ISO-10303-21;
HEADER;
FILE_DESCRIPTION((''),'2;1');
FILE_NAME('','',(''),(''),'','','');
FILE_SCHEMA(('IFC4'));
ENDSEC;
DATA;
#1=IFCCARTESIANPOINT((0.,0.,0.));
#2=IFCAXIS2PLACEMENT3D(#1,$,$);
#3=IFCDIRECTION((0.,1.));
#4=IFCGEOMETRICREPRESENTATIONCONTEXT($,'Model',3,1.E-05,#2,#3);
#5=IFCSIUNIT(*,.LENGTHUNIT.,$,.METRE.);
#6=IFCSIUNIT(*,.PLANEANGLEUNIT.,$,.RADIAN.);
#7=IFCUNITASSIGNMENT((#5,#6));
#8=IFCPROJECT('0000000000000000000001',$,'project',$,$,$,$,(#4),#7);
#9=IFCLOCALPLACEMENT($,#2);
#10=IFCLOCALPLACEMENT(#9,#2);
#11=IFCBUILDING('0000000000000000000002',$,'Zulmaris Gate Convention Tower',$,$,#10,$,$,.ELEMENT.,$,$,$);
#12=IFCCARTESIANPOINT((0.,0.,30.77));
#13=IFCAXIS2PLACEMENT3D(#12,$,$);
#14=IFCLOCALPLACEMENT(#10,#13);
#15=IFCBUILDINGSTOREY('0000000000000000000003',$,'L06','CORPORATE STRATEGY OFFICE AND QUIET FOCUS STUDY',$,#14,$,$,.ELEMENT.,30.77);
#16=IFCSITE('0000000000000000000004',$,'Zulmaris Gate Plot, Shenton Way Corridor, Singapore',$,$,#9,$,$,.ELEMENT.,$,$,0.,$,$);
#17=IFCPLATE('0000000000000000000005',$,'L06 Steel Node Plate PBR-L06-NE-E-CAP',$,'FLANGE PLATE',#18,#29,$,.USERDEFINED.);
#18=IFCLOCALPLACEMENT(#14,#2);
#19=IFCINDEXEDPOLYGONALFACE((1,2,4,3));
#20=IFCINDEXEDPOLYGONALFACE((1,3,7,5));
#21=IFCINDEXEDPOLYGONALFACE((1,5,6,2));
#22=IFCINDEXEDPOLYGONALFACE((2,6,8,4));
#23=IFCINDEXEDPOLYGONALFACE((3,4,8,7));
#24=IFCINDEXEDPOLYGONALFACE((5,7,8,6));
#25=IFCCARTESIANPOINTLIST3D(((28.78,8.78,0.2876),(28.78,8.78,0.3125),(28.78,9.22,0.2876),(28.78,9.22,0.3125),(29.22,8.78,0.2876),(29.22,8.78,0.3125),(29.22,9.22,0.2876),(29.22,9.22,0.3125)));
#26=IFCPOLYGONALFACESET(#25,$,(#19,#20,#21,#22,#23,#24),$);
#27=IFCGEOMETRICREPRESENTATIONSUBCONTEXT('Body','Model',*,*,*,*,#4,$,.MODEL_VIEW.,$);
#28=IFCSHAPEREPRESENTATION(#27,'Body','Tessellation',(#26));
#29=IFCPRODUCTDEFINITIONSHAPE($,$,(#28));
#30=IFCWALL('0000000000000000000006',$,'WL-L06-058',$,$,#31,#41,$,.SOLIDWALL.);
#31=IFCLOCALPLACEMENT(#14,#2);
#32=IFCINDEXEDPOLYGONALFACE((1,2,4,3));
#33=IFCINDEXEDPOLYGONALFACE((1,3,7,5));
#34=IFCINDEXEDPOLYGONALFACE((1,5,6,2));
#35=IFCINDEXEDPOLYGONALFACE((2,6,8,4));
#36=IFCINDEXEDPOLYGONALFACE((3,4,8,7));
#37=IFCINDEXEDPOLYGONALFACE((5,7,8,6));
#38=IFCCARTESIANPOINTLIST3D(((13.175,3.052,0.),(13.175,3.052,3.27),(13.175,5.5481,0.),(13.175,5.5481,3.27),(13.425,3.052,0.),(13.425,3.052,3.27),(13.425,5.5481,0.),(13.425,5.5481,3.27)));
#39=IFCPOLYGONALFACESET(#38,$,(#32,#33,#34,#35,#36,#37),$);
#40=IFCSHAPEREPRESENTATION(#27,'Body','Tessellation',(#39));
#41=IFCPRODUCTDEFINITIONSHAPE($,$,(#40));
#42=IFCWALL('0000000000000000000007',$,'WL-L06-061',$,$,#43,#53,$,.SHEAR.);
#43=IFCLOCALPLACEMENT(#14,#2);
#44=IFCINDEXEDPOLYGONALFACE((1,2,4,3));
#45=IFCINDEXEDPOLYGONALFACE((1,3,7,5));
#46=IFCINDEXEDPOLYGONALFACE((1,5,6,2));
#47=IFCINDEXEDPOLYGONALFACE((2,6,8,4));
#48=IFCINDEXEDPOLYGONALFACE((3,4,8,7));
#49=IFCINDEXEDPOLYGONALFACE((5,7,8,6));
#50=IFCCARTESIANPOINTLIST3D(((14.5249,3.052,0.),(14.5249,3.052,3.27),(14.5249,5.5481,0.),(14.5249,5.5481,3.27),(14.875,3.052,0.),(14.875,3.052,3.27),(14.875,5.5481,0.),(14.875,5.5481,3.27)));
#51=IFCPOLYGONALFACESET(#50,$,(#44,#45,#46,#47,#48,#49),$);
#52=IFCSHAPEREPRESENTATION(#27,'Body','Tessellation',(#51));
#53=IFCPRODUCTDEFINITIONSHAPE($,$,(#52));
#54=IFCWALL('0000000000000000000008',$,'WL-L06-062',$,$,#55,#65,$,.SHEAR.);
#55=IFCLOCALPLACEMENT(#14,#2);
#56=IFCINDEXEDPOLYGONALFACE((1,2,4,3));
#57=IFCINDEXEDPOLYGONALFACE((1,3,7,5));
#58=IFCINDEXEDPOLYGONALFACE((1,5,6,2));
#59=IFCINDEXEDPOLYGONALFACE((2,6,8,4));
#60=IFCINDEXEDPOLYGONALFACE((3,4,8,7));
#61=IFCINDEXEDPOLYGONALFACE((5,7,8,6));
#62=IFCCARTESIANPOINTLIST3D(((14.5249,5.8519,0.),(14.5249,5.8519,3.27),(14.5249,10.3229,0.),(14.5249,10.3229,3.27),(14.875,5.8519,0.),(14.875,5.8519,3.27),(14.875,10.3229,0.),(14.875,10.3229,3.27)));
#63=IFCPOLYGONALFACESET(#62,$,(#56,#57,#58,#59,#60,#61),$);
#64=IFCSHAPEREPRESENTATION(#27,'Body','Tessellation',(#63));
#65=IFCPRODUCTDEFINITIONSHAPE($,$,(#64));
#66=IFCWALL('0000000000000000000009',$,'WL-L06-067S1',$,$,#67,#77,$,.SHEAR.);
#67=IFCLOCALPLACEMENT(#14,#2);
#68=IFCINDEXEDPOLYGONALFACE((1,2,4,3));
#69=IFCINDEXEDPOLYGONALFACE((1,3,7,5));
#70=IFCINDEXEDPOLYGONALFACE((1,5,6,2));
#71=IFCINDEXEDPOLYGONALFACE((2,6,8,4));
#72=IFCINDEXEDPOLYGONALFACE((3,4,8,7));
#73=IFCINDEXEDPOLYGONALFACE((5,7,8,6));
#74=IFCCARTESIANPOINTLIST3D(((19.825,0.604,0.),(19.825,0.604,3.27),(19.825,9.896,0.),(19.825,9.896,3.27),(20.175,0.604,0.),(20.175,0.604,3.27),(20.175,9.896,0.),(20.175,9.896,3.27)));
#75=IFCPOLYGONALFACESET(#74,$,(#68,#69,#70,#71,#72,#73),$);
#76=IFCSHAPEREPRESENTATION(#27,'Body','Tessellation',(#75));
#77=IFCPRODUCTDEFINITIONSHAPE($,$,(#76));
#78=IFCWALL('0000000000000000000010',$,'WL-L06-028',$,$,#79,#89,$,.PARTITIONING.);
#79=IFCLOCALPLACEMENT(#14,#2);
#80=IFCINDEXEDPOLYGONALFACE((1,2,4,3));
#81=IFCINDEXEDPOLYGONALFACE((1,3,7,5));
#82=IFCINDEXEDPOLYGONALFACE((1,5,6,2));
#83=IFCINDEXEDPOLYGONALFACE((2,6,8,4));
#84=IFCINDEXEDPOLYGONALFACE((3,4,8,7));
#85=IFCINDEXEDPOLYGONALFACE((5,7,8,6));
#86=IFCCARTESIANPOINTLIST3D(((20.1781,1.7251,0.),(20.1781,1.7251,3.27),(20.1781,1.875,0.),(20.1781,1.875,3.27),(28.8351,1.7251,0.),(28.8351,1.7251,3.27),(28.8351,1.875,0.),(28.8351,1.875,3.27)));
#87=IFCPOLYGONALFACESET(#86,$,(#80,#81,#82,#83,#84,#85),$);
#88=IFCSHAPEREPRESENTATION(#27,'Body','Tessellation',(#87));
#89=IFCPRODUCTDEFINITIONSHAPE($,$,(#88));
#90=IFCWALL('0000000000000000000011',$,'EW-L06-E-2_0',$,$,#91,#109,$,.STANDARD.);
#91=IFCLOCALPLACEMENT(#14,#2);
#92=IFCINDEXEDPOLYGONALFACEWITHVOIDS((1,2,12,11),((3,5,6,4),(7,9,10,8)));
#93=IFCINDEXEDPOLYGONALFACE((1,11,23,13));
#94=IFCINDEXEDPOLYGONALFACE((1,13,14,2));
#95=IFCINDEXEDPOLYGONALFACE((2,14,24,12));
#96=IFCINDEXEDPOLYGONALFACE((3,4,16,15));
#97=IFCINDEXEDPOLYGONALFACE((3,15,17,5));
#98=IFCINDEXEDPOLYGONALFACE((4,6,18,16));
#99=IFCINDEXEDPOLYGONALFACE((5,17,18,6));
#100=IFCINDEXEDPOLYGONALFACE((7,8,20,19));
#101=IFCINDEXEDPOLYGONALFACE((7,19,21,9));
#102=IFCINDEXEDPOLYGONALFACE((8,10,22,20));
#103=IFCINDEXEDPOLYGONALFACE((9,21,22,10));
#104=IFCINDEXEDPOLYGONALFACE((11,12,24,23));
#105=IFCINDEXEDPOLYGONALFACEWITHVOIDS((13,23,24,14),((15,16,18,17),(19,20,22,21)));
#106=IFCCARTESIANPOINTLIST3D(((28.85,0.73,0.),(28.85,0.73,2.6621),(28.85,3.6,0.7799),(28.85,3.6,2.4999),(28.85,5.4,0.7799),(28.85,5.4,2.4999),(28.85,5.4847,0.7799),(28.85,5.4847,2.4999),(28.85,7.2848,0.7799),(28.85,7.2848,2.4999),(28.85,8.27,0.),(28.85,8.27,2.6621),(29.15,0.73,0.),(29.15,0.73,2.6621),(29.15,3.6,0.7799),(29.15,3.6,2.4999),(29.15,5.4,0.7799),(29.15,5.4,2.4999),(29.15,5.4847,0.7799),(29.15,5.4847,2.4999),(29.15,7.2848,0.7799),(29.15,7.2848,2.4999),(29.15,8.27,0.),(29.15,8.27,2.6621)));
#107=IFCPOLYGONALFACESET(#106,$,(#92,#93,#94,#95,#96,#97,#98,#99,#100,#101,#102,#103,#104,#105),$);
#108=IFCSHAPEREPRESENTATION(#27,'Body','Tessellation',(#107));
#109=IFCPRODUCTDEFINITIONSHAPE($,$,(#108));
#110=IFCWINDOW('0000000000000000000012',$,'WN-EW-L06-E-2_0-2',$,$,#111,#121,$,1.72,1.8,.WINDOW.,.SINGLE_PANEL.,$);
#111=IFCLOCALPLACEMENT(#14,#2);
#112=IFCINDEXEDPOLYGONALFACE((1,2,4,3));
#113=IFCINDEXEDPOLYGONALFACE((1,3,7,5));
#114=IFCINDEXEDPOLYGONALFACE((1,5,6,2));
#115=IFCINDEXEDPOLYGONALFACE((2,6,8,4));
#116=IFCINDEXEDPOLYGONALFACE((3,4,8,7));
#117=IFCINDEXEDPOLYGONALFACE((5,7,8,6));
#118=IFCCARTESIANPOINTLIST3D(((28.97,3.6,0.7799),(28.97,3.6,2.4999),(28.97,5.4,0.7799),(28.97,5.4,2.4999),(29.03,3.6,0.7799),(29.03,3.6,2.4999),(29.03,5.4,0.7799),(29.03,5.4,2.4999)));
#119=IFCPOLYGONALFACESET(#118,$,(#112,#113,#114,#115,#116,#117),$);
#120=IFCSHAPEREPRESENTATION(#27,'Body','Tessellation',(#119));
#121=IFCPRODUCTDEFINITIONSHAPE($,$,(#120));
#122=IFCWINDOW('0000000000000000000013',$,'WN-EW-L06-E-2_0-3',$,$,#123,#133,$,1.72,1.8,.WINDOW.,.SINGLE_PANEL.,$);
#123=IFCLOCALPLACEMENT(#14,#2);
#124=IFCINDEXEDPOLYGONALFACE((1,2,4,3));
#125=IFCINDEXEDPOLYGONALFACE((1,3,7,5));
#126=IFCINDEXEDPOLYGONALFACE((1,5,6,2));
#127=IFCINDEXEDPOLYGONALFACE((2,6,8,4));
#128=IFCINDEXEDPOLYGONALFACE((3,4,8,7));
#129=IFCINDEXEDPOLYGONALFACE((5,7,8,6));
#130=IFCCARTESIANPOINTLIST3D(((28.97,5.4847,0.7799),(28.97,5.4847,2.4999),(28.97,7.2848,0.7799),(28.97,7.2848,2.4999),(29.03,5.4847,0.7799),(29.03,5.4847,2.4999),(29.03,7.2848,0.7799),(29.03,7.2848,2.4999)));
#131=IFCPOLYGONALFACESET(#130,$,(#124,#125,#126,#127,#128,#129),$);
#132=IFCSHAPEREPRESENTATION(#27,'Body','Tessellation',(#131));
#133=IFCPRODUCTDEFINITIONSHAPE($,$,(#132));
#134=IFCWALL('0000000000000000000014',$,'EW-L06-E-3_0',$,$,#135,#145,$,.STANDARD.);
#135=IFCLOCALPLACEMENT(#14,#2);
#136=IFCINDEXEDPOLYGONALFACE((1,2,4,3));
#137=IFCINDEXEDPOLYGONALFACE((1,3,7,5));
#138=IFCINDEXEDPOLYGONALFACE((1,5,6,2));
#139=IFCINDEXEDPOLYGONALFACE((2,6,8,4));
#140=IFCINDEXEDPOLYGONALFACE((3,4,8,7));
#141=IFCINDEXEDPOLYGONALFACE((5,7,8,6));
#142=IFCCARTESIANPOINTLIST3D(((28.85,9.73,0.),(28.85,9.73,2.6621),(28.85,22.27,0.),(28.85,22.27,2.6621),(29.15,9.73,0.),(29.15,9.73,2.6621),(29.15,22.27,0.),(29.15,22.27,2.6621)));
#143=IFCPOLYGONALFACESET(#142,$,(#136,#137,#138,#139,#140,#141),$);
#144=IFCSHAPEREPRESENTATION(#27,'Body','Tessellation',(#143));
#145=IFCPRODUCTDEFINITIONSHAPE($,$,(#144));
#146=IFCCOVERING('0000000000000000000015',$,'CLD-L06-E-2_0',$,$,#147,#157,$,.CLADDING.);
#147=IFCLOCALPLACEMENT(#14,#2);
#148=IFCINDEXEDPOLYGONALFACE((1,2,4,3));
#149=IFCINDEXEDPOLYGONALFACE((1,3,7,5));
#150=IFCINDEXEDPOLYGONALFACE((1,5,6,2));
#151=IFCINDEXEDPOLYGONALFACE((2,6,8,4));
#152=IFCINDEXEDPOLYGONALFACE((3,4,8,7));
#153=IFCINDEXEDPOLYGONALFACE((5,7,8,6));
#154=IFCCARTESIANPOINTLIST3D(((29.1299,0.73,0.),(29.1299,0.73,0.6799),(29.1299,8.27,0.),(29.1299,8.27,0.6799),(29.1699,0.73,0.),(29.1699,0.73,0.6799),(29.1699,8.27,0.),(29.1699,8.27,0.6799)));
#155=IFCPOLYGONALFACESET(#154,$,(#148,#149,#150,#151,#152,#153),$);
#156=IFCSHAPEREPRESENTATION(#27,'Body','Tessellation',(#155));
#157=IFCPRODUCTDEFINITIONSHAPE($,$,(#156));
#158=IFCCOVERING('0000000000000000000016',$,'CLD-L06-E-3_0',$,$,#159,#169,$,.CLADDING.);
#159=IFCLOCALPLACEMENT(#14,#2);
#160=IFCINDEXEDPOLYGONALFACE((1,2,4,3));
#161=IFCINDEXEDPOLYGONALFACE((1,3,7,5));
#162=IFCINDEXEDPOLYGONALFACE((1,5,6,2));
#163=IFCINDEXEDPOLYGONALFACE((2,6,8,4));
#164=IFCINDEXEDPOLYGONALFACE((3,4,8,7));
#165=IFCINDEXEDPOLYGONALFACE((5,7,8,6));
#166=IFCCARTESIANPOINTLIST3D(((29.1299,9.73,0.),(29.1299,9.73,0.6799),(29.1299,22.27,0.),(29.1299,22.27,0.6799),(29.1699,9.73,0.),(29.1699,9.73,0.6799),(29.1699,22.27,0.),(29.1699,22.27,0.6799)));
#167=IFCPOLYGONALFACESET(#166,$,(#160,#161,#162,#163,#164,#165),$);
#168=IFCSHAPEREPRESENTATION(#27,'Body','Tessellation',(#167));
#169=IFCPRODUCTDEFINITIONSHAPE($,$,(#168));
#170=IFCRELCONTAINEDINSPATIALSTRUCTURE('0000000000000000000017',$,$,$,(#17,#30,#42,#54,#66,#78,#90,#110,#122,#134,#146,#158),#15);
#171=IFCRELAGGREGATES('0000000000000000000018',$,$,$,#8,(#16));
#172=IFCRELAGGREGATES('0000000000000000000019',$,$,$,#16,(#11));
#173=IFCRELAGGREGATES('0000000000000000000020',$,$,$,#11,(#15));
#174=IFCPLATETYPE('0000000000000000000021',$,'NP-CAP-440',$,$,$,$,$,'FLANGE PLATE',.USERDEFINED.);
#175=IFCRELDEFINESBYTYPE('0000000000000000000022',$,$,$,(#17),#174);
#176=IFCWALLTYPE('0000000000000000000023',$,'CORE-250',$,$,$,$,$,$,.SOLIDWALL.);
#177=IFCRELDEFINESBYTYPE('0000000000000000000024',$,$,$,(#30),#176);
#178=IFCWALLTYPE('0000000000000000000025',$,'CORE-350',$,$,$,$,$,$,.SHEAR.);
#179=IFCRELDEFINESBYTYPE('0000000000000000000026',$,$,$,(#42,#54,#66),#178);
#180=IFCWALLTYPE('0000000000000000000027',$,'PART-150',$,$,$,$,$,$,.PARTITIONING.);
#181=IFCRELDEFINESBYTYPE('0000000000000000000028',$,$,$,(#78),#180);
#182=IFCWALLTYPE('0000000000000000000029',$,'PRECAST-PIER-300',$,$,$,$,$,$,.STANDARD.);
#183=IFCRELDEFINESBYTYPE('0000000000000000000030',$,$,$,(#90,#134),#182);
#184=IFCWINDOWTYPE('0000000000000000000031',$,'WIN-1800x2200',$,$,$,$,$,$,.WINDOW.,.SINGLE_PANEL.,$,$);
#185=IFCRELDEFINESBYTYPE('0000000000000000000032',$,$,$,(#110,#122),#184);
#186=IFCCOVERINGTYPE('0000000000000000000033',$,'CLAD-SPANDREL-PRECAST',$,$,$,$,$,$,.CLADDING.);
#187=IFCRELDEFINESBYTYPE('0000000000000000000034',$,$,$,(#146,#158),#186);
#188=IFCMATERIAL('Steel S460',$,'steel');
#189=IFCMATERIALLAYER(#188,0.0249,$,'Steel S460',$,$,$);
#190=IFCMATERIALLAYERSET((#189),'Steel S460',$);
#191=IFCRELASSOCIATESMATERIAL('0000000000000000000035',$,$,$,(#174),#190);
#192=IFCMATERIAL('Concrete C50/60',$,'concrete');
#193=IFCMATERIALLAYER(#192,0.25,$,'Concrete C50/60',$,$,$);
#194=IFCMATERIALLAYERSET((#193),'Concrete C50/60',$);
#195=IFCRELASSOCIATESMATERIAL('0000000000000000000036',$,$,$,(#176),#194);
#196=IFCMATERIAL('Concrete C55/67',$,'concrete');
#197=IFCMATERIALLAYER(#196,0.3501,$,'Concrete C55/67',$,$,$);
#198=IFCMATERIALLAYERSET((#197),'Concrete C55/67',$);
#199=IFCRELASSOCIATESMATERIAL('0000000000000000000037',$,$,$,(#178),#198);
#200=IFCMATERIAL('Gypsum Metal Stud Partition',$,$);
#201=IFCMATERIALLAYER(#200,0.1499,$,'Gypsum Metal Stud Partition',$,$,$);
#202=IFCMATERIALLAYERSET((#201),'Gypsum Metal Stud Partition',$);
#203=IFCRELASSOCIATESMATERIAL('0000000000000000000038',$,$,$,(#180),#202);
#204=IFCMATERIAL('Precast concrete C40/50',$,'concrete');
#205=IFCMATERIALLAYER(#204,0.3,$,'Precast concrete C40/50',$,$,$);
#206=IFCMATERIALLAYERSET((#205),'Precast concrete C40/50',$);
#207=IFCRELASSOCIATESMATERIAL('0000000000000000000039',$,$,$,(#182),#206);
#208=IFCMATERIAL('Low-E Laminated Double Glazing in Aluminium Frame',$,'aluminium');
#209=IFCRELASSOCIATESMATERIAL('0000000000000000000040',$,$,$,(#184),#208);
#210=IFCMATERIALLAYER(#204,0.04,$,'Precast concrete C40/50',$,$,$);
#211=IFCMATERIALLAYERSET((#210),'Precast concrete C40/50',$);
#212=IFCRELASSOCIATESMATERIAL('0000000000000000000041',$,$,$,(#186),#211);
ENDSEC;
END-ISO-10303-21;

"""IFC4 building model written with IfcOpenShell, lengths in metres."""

from ifc_helpers import new_model, si_unit, direction, frame, frame_2d, origin, origin_2d, place, context, subcontext, project, spatial, rectangle, extrude, material, layer, layer_set, type_object, element, fill, save


model = new_model("IFC4")

# Units and contexts
model_context = context("Model", 3, precision=1e-05, world=origin(), true_north=direction((0.0, 1.0)))
body_context = subcontext(model_context, "Body", "Model", "MODEL_VIEW")
ifc_project = project(units=[si_unit("LENGTHUNIT", "METRE"), si_unit("PLANEANGLEUNIT", "RADIAN")], contexts=[model_context])

# Site, building, storey
site_placement = place(None, origin())
site = spatial("IfcSite", under=ifc_project, at=site_placement, Name="Zulmaris Gate Plot, Shenton Way Corridor, Singapore", CompositionType="ELEMENT", RefElevation=0.0)
building_placement = place(site_placement, origin())
building = spatial("IfcBuilding", under=site, at=building_placement, Name="Zulmaris Gate Convention Tower", CompositionType="ELEMENT")
storey_placement = place(building_placement, frame((0.0, 0.0, 30.77)))
storey = spatial("IfcBuildingStorey", under=building, at=storey_placement, Name="L06", Description="CORPORATE STRATEGY OFFICE AND QUIET FOCUS STUDY", CompositionType="ELEMENT", Elevation=30.77)

# Shared definitions
ifc_material_1 = material(Name="Steel S460", Category="steel")

# Plate
ifc_layer_1 = layer(ifc_material_1, 0.0249, Name="Steel S460")
ifc_layer_set_1 = layer_set([ifc_layer_1], Name="Steel S460")
plate_type = type_object("IfcPlateType", Name="NP-CAP-440", ElementType="FLANGE PLATE", PredefinedType="USERDEFINED", material=ifc_layer_set_1)
plate_placement = place(storey_placement, frame((29.0, 9.0, 0.2876), z_axis=(0.0, 0.0, 1.0), x_axis=(1.0, 0.0, 0.0)))
element("IfcPlate", 1, at=plate_placement, inside=storey, type_object=plate_type, Name="L06 Steel Node Plate PBR-L06-NE-E-CAP", ObjectType="FLANGE PLATE", PredefinedType="USERDEFINED", context=body_context, shape_type="SweptSolid", body=[
    extrude(rectangle(XDim=0.4399, YDim=0.4399, at=origin_2d()), origin(), (0.0, 0.0, 1.0), 0.0249),
])

# Wall
ifc_material_2 = material(Name="Concrete C50/60", Category="concrete")
ifc_layer_2 = layer(ifc_material_2, 0.25, Name="Concrete C50/60")
ifc_layer_set_2 = layer_set([ifc_layer_2], Name="Concrete C50/60")
wall_type_1 = type_object("IfcWallType", Name="CORE-250", PredefinedType="SOLIDWALL", material=ifc_layer_set_2)
wall_1_placement = place(storey_placement, frame((13.3, 3.052, 0.0), z_axis=(0.0, 0.0, 1.0), x_axis=(0.0, 1.0, 0.0)))
element("IfcWall", 2, at=wall_1_placement, inside=storey, type_object=wall_type_1, Name="WL-L06-058", PredefinedType="SOLIDWALL", context=body_context, shape_type="SweptSolid", body=[
    extrude(rectangle(XDim=2.4961, YDim=0.25, at=frame_2d((1.248, 0.0))), origin(), (0.0, 0.0, 1.0), 3.27),
])

# Shared definitions
ifc_material_3 = material(Name="Concrete C55/67", Category="concrete")
ifc_layer_3 = layer(ifc_material_3, 0.3501, Name="Concrete C55/67")
ifc_layer_set_3 = layer_set([ifc_layer_3], Name="Concrete C55/67")
wall_type_2 = type_object("IfcWallType", Name="CORE-350", PredefinedType="SHEAR", material=ifc_layer_set_3)

# Walls
wall_2_placement = place(storey_placement, frame((14.7, 3.052, 0.0), z_axis=(0.0, 0.0, 1.0), x_axis=(0.0, 1.0, 0.0)))
element("IfcWall", 3, at=wall_2_placement, inside=storey, type_object=wall_type_2, Name="WL-L06-061", PredefinedType="SHEAR", context=body_context, shape_type="SweptSolid", body=[
    extrude(rectangle(XDim=2.4961, YDim=0.3501, at=frame_2d((1.248, 0.0))), origin(), (0.0, 0.0, 1.0), 3.27),
])
wall_3_placement = place(storey_placement, frame((14.7, 5.8521, 0.0), z_axis=(0.0, 0.0, 1.0), x_axis=(0.0, 1.0, 0.0)))
element("IfcWall", 4, at=wall_3_placement, inside=storey, type_object=wall_type_2, Name="WL-L06-062", PredefinedType="SHEAR", context=body_context, shape_type="SweptSolid", body=[
    extrude(rectangle(XDim=4.4709, YDim=0.3501, at=frame_2d((2.2354, 0.0))), origin(), (0.0, 0.0, 1.0), 3.27),
])
wall_4_placement = place(storey_placement, frame((20.0, 0.604, 0.0), z_axis=(0.0, 0.0, 1.0), x_axis=(0.0, 1.0, 0.0)))
element("IfcWall", 5, at=wall_4_placement, inside=storey, type_object=wall_type_2, Name="WL-L06-067S1", PredefinedType="SHEAR", context=body_context, shape_type="SweptSolid", body=[
    extrude(rectangle(XDim=9.292, YDim=0.3501, at=frame_2d((4.646, 0.0))), origin(), (0.0, 0.0, 1.0), 3.27),
])
ifc_material_4 = material(Name="Gypsum Metal Stud Partition")
ifc_layer_4 = layer(ifc_material_4, 0.1499, Name="Gypsum Metal Stud Partition")
ifc_layer_set_4 = layer_set([ifc_layer_4], Name="Gypsum Metal Stud Partition")
wall_type_3 = type_object("IfcWallType", Name="PART-150", PredefinedType="PARTITIONING", material=ifc_layer_set_4)
wall_5_placement = place(storey_placement, frame((20.178, 1.8, 0.0), z_axis=(0.0, 0.0, 1.0), x_axis=(1.0, 0.0, 0.0)))
element("IfcWall", 6, at=wall_5_placement, inside=storey, type_object=wall_type_3, Name="WL-L06-028", PredefinedType="PARTITIONING", context=body_context, shape_type="SweptSolid", body=[
    extrude(rectangle(XDim=8.657, YDim=0.1499, at=frame_2d((4.3286, 0.0))), origin(), (0.0, 0.0, 1.0), 3.27),
])

# Wall, openings, windows
ifc_material_5 = material(Name="Precast concrete C40/50", Category="concrete")
ifc_layer_5 = layer(ifc_material_5, 0.3, Name="Precast concrete C40/50")
ifc_layer_set_5 = layer_set([ifc_layer_5], Name="Precast concrete C40/50")
wall_type_4 = type_object("IfcWallType", Name="PRECAST-PIER-300", PredefinedType="STANDARD", material=ifc_layer_set_5)
wall_6_placement = place(storey_placement, frame((29.0, 0.73, 0.0), z_axis=(0.0, 0.0, 1.0), x_axis=(0.0, 1.0, 0.0)))
wall_6 = element("IfcWall", 7, at=wall_6_placement, inside=storey, type_object=wall_type_4, Name="EW-L06-E-2_0", PredefinedType="STANDARD", context=body_context, shape_type="SweptSolid", body=[
    extrude(rectangle(XDim=7.54, YDim=0.3, at=frame_2d((3.77, 0.0))), origin(), (0.0, 0.0, 1.0), 2.6621),
])
opening_1_placement = place(wall_6_placement, frame((2.8701, 0.0, 0.78)))
opening_1 = element("IfcOpeningElement", 8, at=opening_1_placement, cuts=wall_6, PredefinedType="OPENING", context=body_context, shape_type="SweptSolid", body=[
    extrude(rectangle(XDim=1.8, YDim=1.72, at=frame_2d((0.8999, 0.8599))), frame((0.0, 0.1602, 0.0), z_axis=(0.0, -1.0, 0.0), x_axis=(1.0, 0.0, 0.0)), (0.0, 0.0, 1.0), 0.3201),
])
opening_2_placement = place(wall_6_placement, frame((4.7549, 0.0, 0.78)))
opening_2 = element("IfcOpeningElement", 9, at=opening_2_placement, cuts=wall_6, PredefinedType="OPENING", context=body_context, shape_type="SweptSolid", body=[
    extrude(rectangle(XDim=1.8, YDim=1.72, at=frame_2d((0.8999, 0.8599))), frame((0.0, 0.1602, 0.0), z_axis=(0.0, -1.0, 0.0), x_axis=(1.0, 0.0, 0.0)), (0.0, 0.0, 1.0), 0.3201),
])
ifc_material_6 = material(Name="Low-E Laminated Double Glazing in Aluminium Frame", Category="aluminium")
window_type = type_object("IfcWindowType", Name="WIN-1800x2200", PartitioningType="SINGLE_PANEL", PredefinedType="WINDOW", material=ifc_material_6)
window_1_placement = place(opening_1_placement, origin())
window_1 = element("IfcWindow", 10, at=window_1_placement, inside=storey, type_object=window_type, Name="WN-EW-L06-E-2_0-2", OverallHeight=1.72, OverallWidth=1.8, PartitioningType="SINGLE_PANEL", PredefinedType="WINDOW", context=body_context, shape_type="SweptSolid", body=[
    extrude(rectangle(XDim=1.8, YDim=1.72, at=frame_2d((0.8999, 0.8599))), frame((0.0, 0.03, 0.0), z_axis=(0.0, -1.0, 0.0), x_axis=(1.0, 0.0, 0.0)), (0.0, 0.0, 1.0), 0.0601),
])
fill(opening_1, window_1)
window_2_placement = place(opening_2_placement, origin())
window_2 = element("IfcWindow", 11, at=window_2_placement, inside=storey, type_object=window_type, Name="WN-EW-L06-E-2_0-3", OverallHeight=1.72, OverallWidth=1.8, PartitioningType="SINGLE_PANEL", PredefinedType="WINDOW", context=body_context, shape_type="SweptSolid", body=[
    extrude(rectangle(XDim=1.8, YDim=1.72, at=frame_2d((0.8999, 0.8599))), frame((0.0, 0.03, 0.0), z_axis=(0.0, -1.0, 0.0), x_axis=(1.0, 0.0, 0.0)), (0.0, 0.0, 1.0), 0.0601),
])
fill(opening_2, window_2)

# Wall
wall_7_placement = place(storey_placement, frame((29.0, 9.73, 0.0), z_axis=(0.0, 0.0, 1.0), x_axis=(0.0, 1.0, 0.0)))
element("IfcWall", 12, at=wall_7_placement, inside=storey, type_object=wall_type_4, Name="EW-L06-E-3_0", PredefinedType="STANDARD", context=body_context, shape_type="SweptSolid", body=[
    extrude(rectangle(XDim=12.54, YDim=0.3, at=frame_2d((6.27, 0.0))), origin(), (0.0, 0.0, 1.0), 2.6621),
])

# Coverings
ifc_layer_6 = layer(ifc_material_5, 0.04, Name="Precast concrete C40/50")
ifc_layer_set_6 = layer_set([ifc_layer_6], Name="Precast concrete C40/50")
covering_type = type_object("IfcCoveringType", Name="CLAD-SPANDREL-PRECAST", PredefinedType="CLADDING", material=ifc_layer_set_6)
covering_1_placement = place(storey_placement, frame((29.1499, 0.73, 0.0), z_axis=(0.0, 0.0, 1.0), x_axis=(0.0, 1.0, 0.0)))
element("IfcCovering", 13, at=covering_1_placement, inside=storey, type_object=covering_type, Name="CLD-L06-E-2_0", PredefinedType="CLADDING", context=body_context, shape_type="SweptSolid", body=[
    extrude(rectangle(XDim=7.54, YDim=0.04, at=frame_2d((3.77, 0.0))), origin(), (0.0, 0.0, 1.0), 0.6799),
])
covering_2_placement = place(storey_placement, frame((29.1499, 9.73, 0.0), z_axis=(0.0, 0.0, 1.0), x_axis=(0.0, 1.0, 0.0)))
element("IfcCovering", 14, at=covering_2_placement, inside=storey, type_object=covering_type, Name="CLD-L06-E-3_0", PredefinedType="CLADDING", context=body_context, shape_type="SweptSolid", body=[
    extrude(rectangle(XDim=12.54, YDim=0.04, at=frame_2d((6.27, 0.0))), origin(), (0.0, 0.0, 1.0), 0.6799),
])

save(model, "model.ifc")
